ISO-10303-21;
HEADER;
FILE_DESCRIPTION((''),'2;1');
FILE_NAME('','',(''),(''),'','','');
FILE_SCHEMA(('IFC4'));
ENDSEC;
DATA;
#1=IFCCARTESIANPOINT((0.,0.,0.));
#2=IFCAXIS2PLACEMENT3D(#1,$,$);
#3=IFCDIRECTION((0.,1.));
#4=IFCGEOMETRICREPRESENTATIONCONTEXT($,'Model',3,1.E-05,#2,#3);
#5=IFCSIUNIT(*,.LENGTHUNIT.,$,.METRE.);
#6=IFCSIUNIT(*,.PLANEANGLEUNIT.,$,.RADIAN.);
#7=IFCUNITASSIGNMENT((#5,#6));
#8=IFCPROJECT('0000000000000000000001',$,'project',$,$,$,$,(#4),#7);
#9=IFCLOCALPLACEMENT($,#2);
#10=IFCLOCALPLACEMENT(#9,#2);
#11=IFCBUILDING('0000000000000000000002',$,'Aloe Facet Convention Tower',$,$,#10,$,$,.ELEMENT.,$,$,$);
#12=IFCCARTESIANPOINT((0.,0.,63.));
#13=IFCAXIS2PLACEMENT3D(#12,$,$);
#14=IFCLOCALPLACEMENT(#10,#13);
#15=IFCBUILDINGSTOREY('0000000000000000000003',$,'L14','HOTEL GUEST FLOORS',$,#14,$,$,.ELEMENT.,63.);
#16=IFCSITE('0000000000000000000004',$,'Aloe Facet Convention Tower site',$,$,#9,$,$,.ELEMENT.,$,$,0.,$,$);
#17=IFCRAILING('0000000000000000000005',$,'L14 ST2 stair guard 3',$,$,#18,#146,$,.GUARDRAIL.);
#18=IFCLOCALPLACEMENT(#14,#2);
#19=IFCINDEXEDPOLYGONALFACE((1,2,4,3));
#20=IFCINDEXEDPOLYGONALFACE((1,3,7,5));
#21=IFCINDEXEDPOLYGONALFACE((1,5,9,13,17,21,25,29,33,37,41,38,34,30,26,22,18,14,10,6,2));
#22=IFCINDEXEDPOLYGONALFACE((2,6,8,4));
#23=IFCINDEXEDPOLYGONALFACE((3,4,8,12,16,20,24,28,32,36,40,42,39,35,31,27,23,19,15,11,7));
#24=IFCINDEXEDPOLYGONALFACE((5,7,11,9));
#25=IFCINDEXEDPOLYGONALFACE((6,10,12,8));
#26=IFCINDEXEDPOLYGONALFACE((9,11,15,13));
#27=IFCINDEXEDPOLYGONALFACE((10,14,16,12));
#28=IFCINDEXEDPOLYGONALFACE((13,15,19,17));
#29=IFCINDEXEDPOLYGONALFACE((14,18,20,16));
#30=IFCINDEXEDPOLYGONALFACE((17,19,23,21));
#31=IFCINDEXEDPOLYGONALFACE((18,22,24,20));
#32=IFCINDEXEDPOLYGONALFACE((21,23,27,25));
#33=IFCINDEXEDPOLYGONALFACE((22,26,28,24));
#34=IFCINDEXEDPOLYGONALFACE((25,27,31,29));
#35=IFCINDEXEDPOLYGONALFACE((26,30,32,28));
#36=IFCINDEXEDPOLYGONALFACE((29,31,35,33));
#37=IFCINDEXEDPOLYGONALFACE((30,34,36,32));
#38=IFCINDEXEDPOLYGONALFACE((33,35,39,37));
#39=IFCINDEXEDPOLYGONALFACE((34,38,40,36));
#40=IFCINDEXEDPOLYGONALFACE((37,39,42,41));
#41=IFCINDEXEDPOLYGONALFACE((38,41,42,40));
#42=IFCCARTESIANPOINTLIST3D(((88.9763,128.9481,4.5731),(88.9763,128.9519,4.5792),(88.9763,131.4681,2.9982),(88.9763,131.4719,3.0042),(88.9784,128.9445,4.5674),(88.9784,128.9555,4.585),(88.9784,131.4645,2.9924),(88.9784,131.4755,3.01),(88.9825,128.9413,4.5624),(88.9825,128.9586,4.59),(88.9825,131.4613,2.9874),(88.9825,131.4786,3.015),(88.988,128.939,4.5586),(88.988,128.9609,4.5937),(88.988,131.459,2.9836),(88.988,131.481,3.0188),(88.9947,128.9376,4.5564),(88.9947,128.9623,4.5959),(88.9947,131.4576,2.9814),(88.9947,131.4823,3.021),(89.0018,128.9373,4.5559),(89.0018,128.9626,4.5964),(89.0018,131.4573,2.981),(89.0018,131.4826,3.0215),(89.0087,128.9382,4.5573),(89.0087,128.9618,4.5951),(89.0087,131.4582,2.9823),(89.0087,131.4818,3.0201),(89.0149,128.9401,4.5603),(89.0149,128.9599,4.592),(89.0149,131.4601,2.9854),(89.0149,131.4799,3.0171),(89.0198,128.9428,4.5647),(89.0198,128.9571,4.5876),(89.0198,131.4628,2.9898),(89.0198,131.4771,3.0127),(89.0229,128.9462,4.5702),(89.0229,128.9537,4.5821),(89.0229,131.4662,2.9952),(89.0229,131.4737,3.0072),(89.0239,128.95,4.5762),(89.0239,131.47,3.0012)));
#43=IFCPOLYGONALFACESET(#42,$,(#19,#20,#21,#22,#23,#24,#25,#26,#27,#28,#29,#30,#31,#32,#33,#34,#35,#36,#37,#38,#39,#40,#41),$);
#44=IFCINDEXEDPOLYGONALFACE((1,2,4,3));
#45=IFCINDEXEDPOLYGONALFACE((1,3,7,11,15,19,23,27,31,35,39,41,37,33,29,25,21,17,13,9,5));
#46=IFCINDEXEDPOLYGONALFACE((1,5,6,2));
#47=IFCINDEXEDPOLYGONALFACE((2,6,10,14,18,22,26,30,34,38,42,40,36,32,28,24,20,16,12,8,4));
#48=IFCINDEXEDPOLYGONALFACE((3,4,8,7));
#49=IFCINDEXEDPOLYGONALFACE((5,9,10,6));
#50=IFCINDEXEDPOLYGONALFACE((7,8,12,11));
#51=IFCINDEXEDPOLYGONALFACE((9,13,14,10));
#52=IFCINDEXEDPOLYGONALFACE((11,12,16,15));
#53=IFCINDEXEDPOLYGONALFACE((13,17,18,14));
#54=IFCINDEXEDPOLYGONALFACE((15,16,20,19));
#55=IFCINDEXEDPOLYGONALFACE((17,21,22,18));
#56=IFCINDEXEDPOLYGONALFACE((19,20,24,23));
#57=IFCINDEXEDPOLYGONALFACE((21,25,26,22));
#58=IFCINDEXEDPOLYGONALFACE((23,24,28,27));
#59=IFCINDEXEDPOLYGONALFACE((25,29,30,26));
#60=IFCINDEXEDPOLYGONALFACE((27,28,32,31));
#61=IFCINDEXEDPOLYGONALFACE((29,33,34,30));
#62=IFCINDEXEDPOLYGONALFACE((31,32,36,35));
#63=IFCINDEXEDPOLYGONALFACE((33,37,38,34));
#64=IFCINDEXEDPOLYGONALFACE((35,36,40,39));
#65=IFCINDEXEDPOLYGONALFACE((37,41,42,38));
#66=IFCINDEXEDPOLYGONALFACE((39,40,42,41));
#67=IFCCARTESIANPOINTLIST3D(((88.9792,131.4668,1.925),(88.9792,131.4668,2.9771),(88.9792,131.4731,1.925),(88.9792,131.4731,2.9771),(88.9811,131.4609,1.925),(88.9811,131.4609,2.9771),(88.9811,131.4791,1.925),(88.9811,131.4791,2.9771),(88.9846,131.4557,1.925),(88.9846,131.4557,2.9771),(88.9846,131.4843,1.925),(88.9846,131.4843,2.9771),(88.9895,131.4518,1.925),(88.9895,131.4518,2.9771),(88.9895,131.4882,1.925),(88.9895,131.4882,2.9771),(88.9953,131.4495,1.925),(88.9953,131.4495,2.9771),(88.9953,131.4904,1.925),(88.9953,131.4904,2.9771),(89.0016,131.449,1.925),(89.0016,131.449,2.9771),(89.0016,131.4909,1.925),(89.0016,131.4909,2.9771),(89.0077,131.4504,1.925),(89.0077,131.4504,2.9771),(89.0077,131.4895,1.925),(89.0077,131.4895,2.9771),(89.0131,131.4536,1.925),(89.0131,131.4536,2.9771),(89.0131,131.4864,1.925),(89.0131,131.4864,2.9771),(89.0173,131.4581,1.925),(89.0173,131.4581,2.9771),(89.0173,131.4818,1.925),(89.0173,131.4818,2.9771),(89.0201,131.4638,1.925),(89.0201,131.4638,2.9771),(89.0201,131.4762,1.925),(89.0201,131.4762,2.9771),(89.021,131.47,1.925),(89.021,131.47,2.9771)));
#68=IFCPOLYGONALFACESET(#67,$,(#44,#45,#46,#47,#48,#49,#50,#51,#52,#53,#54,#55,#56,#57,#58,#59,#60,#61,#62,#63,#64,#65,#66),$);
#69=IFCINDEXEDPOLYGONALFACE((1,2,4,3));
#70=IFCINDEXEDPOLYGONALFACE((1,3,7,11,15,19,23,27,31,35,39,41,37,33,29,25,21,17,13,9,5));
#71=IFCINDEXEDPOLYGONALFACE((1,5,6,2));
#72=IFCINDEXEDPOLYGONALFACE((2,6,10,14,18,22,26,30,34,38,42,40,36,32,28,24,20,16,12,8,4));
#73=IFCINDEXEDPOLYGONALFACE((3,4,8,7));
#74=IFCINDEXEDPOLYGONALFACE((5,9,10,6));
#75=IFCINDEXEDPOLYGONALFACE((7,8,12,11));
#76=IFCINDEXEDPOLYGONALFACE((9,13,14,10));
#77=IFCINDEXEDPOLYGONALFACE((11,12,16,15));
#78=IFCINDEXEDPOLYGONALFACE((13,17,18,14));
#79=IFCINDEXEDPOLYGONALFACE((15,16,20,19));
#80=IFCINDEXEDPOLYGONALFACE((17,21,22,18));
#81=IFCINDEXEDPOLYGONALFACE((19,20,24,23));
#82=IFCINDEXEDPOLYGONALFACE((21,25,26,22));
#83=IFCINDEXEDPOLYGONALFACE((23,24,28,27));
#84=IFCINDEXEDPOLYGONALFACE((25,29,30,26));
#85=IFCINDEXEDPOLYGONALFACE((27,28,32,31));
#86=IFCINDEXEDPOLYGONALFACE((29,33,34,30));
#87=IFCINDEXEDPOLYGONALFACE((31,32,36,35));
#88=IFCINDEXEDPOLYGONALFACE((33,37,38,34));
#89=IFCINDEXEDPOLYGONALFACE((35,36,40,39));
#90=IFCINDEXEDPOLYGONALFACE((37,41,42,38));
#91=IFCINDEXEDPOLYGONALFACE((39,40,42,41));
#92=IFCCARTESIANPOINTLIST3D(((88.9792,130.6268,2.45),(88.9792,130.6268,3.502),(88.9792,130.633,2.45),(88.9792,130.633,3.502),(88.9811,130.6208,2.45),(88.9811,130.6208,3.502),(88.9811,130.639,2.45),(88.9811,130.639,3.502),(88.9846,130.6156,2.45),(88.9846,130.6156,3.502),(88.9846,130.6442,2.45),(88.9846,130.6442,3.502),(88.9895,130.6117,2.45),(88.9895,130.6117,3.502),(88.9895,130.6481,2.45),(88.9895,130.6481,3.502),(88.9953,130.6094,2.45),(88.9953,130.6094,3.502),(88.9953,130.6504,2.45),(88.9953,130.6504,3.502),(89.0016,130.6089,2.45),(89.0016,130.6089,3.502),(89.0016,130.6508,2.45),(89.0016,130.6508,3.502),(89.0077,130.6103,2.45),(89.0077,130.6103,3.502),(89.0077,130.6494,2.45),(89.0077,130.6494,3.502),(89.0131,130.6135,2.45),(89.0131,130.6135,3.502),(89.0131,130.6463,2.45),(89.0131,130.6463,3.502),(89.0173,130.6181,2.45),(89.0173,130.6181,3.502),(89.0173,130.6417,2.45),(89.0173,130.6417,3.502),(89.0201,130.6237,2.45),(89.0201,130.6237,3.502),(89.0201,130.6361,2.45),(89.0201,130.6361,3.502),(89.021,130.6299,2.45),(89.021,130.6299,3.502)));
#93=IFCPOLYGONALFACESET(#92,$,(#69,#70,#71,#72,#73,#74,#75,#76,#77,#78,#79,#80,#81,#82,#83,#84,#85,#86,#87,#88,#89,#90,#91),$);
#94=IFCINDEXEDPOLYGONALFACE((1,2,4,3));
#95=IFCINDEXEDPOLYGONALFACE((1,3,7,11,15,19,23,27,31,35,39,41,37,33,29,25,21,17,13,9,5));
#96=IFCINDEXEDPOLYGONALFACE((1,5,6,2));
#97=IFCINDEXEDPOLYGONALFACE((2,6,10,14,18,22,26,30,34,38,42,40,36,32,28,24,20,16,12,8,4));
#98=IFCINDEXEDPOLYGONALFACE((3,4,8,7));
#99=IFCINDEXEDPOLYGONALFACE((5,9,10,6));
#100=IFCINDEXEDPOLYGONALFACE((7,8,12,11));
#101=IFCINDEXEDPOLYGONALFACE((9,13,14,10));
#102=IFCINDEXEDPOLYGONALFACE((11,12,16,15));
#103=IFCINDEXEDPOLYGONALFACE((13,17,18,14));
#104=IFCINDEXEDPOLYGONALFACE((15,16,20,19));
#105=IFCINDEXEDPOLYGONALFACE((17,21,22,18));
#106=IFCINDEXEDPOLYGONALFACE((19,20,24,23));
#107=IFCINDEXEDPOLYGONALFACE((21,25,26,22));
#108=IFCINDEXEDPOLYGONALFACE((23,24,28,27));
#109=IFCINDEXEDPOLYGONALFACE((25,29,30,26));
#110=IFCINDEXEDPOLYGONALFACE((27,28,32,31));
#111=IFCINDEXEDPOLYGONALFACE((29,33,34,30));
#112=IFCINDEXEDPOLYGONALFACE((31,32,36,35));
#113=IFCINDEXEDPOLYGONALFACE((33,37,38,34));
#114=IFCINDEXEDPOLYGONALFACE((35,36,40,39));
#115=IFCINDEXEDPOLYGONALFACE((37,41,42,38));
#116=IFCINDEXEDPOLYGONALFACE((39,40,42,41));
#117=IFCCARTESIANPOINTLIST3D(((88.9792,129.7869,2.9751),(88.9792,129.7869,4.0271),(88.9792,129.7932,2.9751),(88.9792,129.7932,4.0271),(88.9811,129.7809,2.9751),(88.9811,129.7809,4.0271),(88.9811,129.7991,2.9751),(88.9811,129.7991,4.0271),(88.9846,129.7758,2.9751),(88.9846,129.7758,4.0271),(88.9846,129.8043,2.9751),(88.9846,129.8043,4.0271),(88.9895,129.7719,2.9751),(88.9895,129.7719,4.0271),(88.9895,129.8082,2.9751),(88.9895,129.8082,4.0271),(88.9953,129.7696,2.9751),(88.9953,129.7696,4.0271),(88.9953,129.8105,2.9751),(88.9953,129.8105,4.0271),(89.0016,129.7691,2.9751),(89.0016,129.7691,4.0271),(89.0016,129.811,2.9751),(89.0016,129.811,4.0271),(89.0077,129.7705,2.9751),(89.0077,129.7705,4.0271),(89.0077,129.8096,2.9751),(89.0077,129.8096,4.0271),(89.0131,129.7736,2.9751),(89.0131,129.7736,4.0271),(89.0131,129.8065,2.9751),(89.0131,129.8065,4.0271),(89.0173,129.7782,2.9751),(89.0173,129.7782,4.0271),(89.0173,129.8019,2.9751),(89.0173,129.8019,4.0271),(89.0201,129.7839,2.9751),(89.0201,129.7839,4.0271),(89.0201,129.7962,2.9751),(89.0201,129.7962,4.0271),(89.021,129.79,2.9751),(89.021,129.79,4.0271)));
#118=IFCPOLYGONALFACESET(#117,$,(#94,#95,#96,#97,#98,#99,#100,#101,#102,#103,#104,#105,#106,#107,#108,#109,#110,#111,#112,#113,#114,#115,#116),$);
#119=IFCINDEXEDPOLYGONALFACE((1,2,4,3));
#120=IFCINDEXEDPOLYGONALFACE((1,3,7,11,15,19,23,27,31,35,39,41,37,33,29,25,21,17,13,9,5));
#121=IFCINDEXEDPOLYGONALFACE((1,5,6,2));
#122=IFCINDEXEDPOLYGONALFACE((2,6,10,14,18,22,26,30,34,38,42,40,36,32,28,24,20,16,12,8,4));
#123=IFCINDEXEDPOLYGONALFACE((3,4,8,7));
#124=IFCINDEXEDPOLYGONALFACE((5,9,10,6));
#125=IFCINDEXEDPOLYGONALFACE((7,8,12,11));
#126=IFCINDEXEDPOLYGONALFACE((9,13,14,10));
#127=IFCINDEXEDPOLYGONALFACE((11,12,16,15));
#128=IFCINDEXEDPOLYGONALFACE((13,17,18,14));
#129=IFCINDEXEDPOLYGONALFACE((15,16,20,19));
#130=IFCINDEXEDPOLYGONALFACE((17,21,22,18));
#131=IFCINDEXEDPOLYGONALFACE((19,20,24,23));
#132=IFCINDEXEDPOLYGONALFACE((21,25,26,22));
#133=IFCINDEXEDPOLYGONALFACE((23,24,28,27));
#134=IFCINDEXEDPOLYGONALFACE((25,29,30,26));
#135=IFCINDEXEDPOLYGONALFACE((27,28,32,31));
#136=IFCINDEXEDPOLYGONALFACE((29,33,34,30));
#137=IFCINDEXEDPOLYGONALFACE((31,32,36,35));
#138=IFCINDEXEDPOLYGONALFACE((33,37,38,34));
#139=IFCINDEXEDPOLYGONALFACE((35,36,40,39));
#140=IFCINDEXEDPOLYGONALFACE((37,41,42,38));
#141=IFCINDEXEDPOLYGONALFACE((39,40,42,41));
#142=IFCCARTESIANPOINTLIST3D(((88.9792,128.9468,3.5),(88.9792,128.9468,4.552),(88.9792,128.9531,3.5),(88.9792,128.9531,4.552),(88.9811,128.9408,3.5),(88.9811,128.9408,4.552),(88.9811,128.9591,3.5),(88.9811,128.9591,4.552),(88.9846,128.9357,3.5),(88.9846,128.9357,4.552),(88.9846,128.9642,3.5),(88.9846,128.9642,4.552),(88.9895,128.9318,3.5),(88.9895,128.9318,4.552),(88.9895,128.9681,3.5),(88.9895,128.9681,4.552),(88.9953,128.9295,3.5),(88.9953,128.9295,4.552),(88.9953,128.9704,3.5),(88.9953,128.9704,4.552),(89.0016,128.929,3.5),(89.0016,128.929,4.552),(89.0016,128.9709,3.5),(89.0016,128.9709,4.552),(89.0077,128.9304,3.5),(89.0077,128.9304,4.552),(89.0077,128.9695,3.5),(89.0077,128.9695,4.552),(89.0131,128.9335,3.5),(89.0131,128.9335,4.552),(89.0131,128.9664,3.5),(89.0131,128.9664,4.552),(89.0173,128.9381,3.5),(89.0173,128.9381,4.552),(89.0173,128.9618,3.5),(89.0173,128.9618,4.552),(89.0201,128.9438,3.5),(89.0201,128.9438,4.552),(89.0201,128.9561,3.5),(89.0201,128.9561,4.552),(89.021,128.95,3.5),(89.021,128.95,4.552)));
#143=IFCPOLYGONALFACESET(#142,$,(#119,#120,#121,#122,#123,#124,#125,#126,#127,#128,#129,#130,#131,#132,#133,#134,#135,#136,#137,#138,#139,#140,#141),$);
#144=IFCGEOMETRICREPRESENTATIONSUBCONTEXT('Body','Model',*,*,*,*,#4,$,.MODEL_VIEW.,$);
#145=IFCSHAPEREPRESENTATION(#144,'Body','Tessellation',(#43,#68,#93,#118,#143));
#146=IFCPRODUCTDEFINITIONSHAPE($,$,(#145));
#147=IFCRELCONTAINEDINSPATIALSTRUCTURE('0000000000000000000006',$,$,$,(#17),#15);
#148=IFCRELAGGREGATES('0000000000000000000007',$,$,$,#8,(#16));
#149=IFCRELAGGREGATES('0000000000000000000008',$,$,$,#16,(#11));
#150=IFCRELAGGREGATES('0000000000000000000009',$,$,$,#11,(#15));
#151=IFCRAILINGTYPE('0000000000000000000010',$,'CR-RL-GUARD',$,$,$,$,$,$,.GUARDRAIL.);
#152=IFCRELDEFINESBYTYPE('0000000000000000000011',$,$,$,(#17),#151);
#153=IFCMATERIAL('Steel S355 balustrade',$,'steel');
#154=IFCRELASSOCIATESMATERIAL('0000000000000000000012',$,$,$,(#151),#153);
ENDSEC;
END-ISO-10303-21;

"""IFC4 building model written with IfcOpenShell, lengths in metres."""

from ifc_helpers import new_model, si_unit, direction, frame, origin, origin_2d, place, context, subcontext, project, spatial, circle, extrude, material, type_object, element, save


model = new_model("IFC4")

# Units and contexts
model_context = context("Model", 3, precision=1e-05, world=origin(), true_north=direction((0.0, 1.0)))
body_context = subcontext(model_context, "Body", "Model", "MODEL_VIEW")
ifc_project = project(units=[si_unit("LENGTHUNIT", "METRE"), si_unit("PLANEANGLEUNIT", "RADIAN")], contexts=[model_context])

# Site, building, storey
site_placement = place(None, origin())
site = spatial("IfcSite", under=ifc_project, at=site_placement, Name="Aloe Facet Convention Tower site", CompositionType="ELEMENT", RefElevation=0.0)
building_placement = place(site_placement, origin())
building = spatial("IfcBuilding", under=site, at=building_placement, Name="Aloe Facet Convention Tower", CompositionType="ELEMENT")
storey_placement = place(building_placement, frame((0.0, 0.0, 63.0)))
storey = spatial("IfcBuildingStorey", under=building, at=storey_placement, Name="L14", Description="HOTEL GUEST FLOORS", CompositionType="ELEMENT", Elevation=63.0)

# Railing
ifc_material_1 = material(Name="Steel S355 balustrade", Category="steel")
railing_type_1 = type_object("IfcRailingType", Name="CR-RL-GUARD", PredefinedType="GUARDRAIL", material=ifc_material_1)
railing_1_placement = place(storey_placement, frame((89.0, 131.47, 1.925)))
element("IfcRailing", 1, at=railing_1_placement, inside=storey, type_object=railing_type_1, Name="L14 ST2 stair guard 3", PredefinedType="GUARDRAIL", context=body_context, shape_type="SweptSolid", body=[
    extrude(circle(Radius=0.0239, at=origin_2d()), frame((0.0, 0.0, 1.0762), z_axis=(0.0, -0.848008, 0.529984), x_axis=(1.0, 0.0, 0.0)), (0.0, 0.0, 1.0), 2.9717),
    extrude(circle(Radius=0.021, at=origin_2d()), origin(), (0.0, 0.0, 1.0), 1.052),
    extrude(circle(Radius=0.021, at=origin_2d()), frame((0.0, -0.8401, 0.5249)), (0.0, 0.0, 1.0), 1.052),
    extrude(circle(Radius=0.021, at=origin_2d()), frame((0.0, -1.6799, 1.05)), (0.0, 0.0, 1.0), 1.052),
    extrude(circle(Radius=0.021, at=origin_2d()), frame((0.0, -2.52, 1.575)), (0.0, 0.0, 1.0), 1.052),
])

save(model, "model.ifc")
